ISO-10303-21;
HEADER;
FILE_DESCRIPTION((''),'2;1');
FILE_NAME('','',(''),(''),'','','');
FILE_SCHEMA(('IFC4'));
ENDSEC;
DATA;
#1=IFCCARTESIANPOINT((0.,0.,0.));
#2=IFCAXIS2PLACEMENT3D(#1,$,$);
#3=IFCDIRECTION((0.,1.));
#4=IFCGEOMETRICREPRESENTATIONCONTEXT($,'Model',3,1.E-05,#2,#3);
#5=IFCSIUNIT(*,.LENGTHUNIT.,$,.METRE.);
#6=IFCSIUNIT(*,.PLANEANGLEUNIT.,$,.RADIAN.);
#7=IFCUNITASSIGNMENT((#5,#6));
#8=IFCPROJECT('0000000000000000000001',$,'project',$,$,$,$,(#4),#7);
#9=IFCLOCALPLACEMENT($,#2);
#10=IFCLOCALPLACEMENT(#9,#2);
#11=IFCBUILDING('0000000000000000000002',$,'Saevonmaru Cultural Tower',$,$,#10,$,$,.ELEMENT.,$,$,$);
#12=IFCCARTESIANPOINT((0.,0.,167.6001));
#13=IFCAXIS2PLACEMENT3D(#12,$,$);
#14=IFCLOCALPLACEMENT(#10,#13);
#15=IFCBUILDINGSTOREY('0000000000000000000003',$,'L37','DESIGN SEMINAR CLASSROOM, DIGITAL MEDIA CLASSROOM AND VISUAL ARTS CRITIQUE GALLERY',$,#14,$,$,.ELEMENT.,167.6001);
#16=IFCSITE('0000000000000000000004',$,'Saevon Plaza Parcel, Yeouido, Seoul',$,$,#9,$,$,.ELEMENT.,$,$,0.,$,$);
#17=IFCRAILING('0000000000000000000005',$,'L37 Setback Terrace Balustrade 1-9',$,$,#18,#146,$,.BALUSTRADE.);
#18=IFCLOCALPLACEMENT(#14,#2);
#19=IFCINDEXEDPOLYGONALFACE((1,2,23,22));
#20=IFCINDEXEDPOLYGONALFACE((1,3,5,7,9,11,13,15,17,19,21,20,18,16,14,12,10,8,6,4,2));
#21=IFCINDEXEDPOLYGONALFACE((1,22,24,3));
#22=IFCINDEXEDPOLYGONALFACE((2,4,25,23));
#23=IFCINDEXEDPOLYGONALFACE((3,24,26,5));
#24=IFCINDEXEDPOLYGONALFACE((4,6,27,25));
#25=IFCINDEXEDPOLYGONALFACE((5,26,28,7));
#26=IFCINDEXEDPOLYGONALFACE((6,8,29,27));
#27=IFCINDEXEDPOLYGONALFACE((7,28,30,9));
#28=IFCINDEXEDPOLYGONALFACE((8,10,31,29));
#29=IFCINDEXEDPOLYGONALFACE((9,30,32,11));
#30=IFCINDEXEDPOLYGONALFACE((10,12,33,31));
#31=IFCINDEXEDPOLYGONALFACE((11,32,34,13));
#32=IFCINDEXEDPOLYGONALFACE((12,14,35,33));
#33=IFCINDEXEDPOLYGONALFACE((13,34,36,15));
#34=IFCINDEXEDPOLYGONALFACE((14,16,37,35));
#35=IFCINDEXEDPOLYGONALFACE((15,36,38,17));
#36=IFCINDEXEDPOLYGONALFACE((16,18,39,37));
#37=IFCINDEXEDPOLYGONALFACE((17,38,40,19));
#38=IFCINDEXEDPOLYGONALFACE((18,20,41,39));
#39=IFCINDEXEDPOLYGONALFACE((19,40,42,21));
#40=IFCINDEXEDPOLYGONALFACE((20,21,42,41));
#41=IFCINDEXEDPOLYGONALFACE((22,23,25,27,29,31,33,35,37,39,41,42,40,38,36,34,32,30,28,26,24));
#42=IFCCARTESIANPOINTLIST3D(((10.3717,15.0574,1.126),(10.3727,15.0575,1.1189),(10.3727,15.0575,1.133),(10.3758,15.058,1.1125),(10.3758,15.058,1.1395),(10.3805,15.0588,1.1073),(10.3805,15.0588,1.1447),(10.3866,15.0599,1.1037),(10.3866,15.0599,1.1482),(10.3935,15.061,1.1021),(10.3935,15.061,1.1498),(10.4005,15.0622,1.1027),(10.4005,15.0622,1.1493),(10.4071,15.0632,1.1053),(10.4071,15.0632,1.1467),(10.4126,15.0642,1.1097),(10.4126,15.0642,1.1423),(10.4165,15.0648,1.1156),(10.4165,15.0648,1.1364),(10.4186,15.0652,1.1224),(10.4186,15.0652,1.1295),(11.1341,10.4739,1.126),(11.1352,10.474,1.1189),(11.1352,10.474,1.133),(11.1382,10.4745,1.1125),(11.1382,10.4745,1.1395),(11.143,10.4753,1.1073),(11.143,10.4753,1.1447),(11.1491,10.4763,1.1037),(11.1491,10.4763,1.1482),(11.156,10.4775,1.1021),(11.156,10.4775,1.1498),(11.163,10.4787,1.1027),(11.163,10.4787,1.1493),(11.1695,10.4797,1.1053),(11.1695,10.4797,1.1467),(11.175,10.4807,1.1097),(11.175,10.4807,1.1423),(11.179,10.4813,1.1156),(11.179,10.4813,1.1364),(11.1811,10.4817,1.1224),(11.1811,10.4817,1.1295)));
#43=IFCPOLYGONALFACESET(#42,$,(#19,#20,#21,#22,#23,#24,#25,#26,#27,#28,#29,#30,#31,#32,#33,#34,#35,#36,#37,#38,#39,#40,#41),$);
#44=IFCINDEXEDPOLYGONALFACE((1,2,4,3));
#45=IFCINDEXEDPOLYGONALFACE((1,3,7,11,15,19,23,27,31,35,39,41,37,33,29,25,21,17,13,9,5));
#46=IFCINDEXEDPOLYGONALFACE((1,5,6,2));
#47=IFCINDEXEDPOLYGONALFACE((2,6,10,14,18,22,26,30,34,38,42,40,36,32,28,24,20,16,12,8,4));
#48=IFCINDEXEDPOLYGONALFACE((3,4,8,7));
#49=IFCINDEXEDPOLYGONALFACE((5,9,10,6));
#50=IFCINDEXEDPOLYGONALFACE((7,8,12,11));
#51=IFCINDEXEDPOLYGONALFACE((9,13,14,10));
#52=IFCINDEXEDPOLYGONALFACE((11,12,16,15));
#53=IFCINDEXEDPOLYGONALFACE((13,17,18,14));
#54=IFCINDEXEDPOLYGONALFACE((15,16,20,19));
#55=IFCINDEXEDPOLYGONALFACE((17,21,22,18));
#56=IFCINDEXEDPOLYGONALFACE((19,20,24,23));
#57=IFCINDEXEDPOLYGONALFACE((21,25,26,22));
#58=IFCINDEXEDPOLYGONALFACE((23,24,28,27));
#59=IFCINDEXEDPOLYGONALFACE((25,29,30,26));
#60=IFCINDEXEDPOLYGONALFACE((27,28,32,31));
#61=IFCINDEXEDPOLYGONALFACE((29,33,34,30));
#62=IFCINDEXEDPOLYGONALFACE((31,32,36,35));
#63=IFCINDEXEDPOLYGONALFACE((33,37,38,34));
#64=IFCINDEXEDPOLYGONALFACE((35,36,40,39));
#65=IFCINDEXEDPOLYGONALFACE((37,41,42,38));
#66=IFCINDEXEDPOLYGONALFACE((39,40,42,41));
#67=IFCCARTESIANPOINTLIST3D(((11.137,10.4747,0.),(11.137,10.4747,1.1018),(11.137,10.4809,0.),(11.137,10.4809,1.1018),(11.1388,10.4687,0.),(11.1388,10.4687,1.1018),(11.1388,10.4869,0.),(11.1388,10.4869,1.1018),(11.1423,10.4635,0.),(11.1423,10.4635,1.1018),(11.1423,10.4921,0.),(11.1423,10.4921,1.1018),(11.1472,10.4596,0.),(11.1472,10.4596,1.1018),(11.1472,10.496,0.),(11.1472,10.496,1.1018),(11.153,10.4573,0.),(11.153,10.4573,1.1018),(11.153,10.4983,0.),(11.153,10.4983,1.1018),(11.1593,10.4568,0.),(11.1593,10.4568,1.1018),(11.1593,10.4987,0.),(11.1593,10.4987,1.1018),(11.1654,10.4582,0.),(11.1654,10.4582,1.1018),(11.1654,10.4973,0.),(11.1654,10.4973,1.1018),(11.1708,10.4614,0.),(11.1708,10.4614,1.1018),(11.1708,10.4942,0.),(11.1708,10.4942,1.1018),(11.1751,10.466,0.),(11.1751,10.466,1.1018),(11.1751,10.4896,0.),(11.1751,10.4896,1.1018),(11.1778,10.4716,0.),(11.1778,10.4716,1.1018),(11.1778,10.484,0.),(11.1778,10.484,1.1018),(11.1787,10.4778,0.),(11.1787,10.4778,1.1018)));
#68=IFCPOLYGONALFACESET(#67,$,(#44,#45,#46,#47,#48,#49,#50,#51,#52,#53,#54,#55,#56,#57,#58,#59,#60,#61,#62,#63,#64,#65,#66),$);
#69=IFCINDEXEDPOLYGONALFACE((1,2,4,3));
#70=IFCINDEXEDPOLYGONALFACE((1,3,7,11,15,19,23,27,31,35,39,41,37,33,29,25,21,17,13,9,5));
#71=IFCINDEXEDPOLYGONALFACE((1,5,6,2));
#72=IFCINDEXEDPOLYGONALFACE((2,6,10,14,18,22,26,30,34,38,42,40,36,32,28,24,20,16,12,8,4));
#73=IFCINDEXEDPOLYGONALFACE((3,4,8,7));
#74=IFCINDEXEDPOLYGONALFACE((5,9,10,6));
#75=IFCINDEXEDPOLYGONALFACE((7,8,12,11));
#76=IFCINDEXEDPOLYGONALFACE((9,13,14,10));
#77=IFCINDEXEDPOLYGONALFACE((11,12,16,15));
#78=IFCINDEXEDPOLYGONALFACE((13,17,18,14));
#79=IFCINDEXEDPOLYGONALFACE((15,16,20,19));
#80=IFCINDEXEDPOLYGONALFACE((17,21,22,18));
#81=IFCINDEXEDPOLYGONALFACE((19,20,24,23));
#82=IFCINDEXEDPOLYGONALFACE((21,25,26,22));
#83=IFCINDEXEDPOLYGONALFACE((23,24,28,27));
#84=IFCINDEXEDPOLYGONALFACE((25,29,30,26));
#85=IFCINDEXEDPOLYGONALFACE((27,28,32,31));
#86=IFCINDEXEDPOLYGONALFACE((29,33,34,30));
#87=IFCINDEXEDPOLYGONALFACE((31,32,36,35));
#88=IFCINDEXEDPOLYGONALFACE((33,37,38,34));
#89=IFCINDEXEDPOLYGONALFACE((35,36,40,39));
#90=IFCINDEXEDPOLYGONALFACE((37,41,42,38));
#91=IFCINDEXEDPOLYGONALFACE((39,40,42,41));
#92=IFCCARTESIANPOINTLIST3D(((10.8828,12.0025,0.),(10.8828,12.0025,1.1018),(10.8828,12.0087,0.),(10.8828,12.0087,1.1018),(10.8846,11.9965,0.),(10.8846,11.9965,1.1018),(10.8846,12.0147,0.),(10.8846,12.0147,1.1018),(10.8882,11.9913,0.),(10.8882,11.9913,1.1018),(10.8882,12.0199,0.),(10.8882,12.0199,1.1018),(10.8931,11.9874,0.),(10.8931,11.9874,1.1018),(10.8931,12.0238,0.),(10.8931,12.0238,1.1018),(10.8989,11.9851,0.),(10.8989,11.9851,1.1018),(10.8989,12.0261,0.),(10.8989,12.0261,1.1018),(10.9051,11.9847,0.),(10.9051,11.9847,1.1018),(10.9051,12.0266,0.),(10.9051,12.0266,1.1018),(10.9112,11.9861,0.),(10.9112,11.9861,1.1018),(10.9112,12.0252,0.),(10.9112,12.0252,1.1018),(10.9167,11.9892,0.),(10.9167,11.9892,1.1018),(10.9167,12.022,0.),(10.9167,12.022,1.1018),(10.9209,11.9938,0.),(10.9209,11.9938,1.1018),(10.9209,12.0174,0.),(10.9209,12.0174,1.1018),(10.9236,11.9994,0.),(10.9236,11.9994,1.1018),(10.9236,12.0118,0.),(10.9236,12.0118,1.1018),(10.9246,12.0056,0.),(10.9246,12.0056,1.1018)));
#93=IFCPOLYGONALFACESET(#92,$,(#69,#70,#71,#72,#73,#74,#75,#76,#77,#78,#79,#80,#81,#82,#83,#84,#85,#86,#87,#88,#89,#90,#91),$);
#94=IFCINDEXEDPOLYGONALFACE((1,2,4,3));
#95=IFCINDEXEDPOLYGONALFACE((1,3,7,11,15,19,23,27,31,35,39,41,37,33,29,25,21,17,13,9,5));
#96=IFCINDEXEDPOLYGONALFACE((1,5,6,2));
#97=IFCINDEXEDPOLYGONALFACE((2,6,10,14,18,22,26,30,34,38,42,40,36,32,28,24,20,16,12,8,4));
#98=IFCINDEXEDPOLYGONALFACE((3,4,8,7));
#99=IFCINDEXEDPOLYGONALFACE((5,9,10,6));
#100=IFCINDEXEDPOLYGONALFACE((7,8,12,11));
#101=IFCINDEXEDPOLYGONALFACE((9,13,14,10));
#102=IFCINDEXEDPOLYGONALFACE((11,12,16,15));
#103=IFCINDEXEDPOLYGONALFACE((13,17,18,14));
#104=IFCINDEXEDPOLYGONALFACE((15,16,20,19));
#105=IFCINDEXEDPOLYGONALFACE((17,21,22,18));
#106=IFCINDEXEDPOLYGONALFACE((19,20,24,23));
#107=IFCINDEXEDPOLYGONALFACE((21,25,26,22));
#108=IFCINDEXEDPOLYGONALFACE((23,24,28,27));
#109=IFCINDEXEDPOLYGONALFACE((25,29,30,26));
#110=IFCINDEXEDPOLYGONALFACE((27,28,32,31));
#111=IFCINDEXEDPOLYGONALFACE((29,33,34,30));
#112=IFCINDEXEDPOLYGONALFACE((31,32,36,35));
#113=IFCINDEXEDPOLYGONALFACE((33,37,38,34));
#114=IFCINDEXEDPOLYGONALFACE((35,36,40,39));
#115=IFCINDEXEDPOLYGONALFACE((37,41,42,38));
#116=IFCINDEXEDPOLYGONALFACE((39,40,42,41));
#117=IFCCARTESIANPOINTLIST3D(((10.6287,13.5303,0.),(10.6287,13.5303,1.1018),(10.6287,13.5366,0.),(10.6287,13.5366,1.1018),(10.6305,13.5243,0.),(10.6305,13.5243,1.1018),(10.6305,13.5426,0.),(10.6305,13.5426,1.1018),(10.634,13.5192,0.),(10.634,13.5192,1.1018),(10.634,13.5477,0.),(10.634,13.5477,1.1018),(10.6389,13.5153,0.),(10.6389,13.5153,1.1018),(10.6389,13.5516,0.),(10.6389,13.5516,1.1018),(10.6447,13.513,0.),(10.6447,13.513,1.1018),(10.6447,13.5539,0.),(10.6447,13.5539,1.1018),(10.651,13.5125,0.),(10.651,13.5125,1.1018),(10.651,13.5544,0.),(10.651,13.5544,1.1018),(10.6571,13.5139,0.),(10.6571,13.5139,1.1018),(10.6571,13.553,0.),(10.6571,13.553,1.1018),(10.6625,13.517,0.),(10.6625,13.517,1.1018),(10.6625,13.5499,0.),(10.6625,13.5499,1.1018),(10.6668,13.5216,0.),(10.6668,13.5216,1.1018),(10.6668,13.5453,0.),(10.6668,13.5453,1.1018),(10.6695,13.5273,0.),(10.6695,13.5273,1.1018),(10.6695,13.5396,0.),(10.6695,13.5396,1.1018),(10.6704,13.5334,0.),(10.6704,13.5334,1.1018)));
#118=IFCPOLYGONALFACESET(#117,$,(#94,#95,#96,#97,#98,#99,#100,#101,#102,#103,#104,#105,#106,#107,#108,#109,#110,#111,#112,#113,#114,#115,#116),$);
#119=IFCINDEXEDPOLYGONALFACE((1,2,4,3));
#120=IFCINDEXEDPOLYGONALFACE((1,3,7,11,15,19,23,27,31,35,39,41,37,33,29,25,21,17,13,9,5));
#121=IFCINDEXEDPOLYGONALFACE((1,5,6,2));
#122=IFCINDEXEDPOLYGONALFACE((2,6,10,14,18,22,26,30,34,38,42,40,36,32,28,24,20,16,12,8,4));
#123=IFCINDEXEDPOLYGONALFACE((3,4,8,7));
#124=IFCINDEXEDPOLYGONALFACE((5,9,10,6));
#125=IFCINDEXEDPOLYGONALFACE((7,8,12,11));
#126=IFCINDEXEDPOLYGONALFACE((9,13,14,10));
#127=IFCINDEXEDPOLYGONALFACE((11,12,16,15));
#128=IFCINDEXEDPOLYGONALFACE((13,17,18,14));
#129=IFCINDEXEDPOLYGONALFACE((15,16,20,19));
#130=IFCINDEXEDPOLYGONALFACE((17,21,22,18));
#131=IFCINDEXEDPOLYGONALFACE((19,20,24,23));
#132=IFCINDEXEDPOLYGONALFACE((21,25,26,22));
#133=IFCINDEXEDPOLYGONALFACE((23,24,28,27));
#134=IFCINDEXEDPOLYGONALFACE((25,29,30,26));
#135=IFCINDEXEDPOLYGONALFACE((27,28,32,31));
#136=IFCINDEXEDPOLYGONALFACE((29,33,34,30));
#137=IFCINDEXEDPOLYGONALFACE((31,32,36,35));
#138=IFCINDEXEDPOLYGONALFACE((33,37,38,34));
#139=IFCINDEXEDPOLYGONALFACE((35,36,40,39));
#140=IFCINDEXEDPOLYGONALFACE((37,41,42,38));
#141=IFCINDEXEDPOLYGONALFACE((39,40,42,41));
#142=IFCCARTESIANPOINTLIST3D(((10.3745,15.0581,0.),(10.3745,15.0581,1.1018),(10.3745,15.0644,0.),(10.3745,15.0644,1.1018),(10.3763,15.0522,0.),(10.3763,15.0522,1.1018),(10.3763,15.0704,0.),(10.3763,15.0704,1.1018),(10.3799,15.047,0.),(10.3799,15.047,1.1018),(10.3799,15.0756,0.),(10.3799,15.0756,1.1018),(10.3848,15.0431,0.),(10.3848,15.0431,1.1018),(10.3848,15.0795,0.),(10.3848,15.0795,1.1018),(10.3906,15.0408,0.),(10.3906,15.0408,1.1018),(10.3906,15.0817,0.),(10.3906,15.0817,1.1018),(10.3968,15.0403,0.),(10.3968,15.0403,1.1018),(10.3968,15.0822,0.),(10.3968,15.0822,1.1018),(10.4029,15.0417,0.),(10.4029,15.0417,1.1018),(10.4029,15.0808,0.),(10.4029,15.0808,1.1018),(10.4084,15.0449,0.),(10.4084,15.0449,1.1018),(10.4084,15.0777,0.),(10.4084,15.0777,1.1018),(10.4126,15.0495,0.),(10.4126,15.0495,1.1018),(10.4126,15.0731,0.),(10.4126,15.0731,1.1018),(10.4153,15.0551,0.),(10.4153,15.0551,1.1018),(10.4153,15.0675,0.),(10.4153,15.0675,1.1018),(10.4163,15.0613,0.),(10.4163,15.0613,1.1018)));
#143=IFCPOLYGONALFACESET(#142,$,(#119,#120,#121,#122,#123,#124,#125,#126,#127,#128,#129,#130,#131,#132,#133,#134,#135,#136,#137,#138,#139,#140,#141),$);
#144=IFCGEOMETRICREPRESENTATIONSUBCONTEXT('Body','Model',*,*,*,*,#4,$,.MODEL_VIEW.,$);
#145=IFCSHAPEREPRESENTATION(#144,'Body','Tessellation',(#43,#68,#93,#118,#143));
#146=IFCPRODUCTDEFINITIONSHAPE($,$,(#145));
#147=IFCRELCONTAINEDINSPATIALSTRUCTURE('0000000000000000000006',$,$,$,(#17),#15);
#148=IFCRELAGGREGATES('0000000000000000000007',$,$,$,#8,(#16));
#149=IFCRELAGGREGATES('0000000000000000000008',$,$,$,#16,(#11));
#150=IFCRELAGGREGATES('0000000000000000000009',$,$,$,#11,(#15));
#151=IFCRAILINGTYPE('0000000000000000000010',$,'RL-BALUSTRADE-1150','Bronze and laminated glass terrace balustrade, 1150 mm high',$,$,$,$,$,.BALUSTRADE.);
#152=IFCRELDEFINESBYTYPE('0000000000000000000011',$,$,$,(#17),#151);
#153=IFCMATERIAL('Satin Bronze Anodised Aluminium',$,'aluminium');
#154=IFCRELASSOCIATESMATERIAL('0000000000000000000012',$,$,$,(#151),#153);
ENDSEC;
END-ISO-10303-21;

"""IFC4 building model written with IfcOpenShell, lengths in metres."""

from ifc_helpers import new_model, si_unit, direction, frame, origin, origin_2d, place, context, subcontext, project, spatial, circle, extrude, material, type_object, element, save


model = new_model("IFC4")

# Units and contexts
model_context = context("Model", 3, precision=1e-05, world=origin(), true_north=direction((0.0, 1.0)))
body_context = subcontext(model_context, "Body", "Model", "MODEL_VIEW")
ifc_project = project(units=[si_unit("LENGTHUNIT", "METRE"), si_unit("PLANEANGLEUNIT", "RADIAN")], contexts=[model_context])

# Site, building, storey
site_placement = place(None, origin())
site = spatial("IfcSite", under=ifc_project, at=site_placement, Name="Saevon Plaza Parcel, Yeouido, Seoul", CompositionType="ELEMENT", RefElevation=0.0)
building_placement = place(site_placement, origin())
building = spatial("IfcBuilding", under=site, at=building_placement, Name="Saevonmaru Cultural Tower", CompositionType="ELEMENT")
storey_placement = place(building_placement, frame((0.0, 0.0, 167.6001)))
storey = spatial("IfcBuildingStorey", under=building, at=storey_placement, Name="L37", Description="DESIGN SEMINAR CLASSROOM, DIGITAL MEDIA CLASSROOM AND VISUAL ARTS CRITIQUE GALLERY", CompositionType="ELEMENT", Elevation=167.6001)

# Shared definitions
ifc_material_1 = material(Name="Satin Bronze Anodised Aluminium", Category="aluminium")

# Railing
railing_type = type_object("IfcRailingType", Name="RL-BALUSTRADE-1150", Description="Bronze and laminated glass terrace balustrade, 1150 mm high", PredefinedType="BALUSTRADE", material=ifc_material_1)
railing_1_placement = place(storey_placement, frame((11.1577, 10.4778, 0.0)))
element("IfcRailing", 1, at=railing_1_placement, inside=storey, type_object=railing_type, Name="L37 Setback Terrace Balustrade 1-9", PredefinedType="BALUSTRADE", context=body_context, shape_type="SweptSolid", body=[
    extrude(circle(Radius=0.0239, at=origin_2d()), frame((0.0, 0.0, 1.126), z_axis=(-0.164092, 0.986445, 0.0), x_axis=(-0.986445, -0.164092, 0.0)), (0.0, 0.0, 1.0), 4.6465),
    extrude(circle(Radius=0.021, at=origin_2d()), origin(), (0.0, 0.0, 1.0), 1.1018),
    extrude(circle(Radius=0.021, at=origin_2d()), frame((-0.2542, 1.5278, 0.0)), (0.0, 0.0, 1.0), 1.1018),
    extrude(circle(Radius=0.021, at=origin_2d()), frame((-0.5083, 3.0557, 0.0)), (0.0, 0.0, 1.0), 1.1018),
    extrude(circle(Radius=0.021, at=origin_2d()), frame((-0.7625, 4.5835, 0.0)), (0.0, 0.0, 1.0), 1.1018),
])

save(model, "model.ifc")
